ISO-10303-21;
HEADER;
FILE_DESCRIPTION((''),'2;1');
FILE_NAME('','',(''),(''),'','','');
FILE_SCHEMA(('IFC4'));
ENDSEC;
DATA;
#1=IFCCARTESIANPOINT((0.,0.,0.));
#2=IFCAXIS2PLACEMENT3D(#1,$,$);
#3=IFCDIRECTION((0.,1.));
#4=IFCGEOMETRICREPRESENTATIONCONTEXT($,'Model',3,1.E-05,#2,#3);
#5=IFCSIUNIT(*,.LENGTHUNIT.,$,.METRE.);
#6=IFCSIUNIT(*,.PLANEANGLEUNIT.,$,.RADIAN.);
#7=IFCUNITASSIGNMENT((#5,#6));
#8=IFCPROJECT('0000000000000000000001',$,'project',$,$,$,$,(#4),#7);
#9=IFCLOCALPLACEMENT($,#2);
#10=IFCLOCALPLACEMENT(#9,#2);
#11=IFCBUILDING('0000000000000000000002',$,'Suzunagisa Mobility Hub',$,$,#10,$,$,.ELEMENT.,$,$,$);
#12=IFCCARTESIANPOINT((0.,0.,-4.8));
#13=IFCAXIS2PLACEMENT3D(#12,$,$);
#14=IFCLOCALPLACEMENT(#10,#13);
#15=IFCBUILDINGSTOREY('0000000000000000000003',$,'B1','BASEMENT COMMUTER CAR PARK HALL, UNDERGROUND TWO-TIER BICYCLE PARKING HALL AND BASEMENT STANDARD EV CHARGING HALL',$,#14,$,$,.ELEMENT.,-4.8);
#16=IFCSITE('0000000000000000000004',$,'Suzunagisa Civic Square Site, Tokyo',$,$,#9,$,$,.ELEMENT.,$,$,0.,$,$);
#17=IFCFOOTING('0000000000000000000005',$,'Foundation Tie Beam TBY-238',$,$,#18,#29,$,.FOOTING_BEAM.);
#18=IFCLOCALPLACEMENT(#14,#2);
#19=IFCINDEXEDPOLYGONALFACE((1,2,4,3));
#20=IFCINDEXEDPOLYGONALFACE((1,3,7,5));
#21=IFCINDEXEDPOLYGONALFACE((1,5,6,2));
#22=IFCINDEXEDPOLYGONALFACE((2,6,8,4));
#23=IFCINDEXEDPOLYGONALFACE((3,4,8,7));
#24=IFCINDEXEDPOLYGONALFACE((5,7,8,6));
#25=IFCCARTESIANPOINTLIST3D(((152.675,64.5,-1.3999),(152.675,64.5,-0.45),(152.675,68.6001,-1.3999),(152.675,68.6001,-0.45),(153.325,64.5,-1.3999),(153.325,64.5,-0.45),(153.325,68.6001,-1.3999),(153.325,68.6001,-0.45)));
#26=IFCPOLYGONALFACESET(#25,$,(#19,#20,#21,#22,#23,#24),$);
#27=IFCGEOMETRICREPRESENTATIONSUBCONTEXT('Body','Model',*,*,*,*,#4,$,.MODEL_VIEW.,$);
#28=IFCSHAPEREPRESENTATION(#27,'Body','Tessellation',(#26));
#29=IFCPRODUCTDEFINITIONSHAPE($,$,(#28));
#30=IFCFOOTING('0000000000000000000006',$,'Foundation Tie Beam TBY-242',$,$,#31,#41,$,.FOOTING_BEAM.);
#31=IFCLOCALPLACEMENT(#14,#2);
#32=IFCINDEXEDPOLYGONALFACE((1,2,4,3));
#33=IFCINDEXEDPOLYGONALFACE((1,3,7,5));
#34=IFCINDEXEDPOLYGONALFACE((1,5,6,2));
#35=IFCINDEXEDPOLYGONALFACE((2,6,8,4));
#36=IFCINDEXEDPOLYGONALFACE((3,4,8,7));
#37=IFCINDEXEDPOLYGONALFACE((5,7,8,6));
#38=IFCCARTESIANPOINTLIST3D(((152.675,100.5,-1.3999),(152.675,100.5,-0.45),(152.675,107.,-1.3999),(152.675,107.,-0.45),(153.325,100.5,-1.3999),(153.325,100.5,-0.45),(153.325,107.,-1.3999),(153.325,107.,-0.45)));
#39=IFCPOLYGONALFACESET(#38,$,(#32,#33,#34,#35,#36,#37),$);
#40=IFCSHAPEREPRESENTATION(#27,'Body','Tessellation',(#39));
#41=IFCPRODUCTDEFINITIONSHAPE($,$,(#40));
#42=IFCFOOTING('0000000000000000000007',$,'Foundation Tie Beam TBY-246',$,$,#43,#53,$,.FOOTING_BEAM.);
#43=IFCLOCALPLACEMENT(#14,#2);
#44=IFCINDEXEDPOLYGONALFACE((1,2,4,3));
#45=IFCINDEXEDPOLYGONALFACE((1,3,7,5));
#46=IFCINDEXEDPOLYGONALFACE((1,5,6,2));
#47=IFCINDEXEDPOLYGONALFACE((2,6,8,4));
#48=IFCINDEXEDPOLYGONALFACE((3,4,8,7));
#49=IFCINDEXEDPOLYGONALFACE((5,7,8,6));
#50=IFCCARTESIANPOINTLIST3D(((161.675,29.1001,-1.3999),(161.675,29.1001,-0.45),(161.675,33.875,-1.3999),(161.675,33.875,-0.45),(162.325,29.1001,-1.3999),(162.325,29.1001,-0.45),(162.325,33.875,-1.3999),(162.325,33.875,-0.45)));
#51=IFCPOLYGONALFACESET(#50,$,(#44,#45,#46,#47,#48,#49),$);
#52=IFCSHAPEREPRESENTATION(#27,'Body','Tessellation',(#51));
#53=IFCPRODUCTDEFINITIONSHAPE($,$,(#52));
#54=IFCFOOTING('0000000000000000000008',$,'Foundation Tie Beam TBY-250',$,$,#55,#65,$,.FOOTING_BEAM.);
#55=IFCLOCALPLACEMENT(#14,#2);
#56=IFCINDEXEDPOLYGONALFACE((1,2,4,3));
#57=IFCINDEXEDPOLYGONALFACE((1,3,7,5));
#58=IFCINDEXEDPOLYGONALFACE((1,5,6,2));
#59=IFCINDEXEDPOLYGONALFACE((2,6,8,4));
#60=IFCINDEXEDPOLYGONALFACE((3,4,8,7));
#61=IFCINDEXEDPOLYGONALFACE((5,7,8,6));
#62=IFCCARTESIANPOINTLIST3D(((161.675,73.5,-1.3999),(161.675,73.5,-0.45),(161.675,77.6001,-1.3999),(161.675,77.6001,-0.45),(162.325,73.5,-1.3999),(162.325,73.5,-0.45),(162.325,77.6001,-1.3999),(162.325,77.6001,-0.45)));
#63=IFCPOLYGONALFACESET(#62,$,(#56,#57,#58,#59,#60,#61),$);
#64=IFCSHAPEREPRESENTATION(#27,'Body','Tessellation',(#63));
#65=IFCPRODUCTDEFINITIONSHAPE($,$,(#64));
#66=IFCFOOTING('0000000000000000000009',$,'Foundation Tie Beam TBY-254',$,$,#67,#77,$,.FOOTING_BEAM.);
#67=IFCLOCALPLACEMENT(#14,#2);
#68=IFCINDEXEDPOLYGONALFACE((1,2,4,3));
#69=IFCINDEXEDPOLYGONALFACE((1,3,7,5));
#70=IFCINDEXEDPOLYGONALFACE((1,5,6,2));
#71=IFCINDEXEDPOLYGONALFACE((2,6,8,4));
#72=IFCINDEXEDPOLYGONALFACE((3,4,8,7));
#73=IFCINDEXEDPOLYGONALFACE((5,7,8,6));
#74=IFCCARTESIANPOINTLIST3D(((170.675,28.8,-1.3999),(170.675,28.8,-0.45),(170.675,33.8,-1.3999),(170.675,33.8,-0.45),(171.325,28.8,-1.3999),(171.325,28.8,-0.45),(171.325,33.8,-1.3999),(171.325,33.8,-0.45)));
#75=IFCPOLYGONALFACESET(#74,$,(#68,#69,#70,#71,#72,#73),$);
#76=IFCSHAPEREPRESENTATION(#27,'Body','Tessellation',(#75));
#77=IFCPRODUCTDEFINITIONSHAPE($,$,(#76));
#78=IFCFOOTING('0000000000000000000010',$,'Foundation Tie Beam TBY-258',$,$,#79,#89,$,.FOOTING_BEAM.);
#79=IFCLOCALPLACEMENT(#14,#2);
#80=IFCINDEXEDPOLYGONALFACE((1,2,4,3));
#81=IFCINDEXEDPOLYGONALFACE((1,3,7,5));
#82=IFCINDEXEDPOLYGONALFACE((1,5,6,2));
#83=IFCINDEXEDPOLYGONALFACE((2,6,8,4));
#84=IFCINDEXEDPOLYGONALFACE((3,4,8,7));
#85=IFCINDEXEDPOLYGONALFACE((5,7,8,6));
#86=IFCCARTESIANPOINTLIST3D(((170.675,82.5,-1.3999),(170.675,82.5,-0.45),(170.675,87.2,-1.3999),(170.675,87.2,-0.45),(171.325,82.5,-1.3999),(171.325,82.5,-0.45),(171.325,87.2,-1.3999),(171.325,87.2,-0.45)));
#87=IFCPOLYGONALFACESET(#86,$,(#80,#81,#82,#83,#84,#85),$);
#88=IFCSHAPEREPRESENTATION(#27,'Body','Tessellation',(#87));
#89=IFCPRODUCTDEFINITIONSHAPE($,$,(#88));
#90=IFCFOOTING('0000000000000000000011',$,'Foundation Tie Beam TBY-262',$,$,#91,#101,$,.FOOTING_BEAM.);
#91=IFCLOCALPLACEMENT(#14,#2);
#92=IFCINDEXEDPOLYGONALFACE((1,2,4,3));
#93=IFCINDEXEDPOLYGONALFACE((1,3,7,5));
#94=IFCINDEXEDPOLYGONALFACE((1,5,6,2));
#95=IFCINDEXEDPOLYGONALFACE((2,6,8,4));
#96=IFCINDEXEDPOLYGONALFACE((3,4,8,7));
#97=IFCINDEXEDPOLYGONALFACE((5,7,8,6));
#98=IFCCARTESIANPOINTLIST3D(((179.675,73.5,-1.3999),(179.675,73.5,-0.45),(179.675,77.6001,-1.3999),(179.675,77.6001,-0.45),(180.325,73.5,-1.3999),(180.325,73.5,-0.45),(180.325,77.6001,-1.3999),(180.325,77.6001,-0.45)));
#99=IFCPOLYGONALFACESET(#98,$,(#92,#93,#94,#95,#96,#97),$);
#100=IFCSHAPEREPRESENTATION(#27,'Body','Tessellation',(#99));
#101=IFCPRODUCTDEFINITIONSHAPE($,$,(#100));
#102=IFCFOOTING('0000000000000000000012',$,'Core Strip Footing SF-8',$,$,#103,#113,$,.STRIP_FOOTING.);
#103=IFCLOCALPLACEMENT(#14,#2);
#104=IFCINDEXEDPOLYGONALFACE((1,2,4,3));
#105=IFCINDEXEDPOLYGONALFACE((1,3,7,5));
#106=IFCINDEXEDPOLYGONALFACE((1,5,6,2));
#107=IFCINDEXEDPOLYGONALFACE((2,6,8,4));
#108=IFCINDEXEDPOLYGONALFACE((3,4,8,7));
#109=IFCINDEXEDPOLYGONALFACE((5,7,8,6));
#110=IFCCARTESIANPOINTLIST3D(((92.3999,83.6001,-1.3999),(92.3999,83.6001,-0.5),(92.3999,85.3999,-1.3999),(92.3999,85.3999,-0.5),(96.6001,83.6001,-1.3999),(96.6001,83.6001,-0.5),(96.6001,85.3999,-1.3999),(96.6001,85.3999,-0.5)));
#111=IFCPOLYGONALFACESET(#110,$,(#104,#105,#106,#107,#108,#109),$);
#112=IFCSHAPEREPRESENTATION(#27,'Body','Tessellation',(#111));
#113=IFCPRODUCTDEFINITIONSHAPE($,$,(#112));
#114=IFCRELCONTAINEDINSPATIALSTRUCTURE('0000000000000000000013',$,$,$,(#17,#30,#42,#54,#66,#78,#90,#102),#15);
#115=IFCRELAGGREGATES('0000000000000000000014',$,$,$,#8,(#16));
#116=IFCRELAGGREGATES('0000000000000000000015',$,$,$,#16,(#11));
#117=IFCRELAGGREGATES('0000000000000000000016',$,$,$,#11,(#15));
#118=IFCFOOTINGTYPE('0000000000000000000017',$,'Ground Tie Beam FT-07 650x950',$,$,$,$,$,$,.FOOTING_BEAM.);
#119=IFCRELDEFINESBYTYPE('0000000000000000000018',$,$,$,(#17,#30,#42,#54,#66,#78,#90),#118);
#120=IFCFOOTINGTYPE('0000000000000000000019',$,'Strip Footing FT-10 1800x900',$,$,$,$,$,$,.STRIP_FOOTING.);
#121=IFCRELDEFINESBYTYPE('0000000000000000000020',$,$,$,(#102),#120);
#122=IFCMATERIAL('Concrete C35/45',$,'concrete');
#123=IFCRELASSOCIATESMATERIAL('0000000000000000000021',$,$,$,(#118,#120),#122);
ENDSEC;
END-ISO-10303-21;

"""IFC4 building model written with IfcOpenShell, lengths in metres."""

from ifc_helpers import new_model, si_unit, direction, frame, origin, place, context, subcontext, project, spatial, polyline, outline, extrude, material, type_object, element, save


model = new_model("IFC4")

# Units and contexts
model_context = context("Model", 3, precision=1e-05, world=origin(), true_north=direction((0.0, 1.0)))
body_context = subcontext(model_context, "Body", "Model", "MODEL_VIEW")
ifc_project = project(units=[si_unit("LENGTHUNIT", "METRE"), si_unit("PLANEANGLEUNIT", "RADIAN")], contexts=[model_context])

# Site, building, storey
site_placement = place(None, origin())
site = spatial("IfcSite", under=ifc_project, at=site_placement, Name="Suzunagisa Civic Square Site, Tokyo", CompositionType="ELEMENT", RefElevation=0.0)
building_placement = place(site_placement, origin())
building = spatial("IfcBuilding", under=site, at=building_placement, Name="Suzunagisa Mobility Hub", CompositionType="ELEMENT")
storey_placement = place(building_placement, frame((0.0, 0.0, -4.8)))
storey = spatial("IfcBuildingStorey", under=building, at=storey_placement, Name="B1", Description="BASEMENT COMMUTER CAR PARK HALL, UNDERGROUND TWO-TIER BICYCLE PARKING HALL AND BASEMENT STANDARD EV CHARGING HALL", CompositionType="ELEMENT", Elevation=-4.8)

# Footings
ifc_material = material(Name="Concrete C35/45", Category="concrete")
footing_type_1 = type_object("IfcFootingType", Name="Ground Tie Beam FT-07 650x950", PredefinedType="FOOTING_BEAM", material=ifc_material)
footing_1_placement = place(storey_placement, frame((0.0, 0.0, -1.3999)))
element("IfcFooting", 1, at=footing_1_placement, inside=storey, type_object=footing_type_1, Name="Foundation Tie Beam TBY-238", PredefinedType="FOOTING_BEAM", context=body_context, shape_type="SweptSolid", body=[
    extrude(outline(polyline([(152.675, 64.5), (153.325, 64.5), (153.325, 68.6001), (152.675, 68.6001), (152.675, 64.5)])), origin(), (0.0, 0.0, 1.0), 0.95),
])
footing_2_placement = place(storey_placement, frame((0.0, 0.0, -1.3999)))
element("IfcFooting", 2, at=footing_2_placement, inside=storey, type_object=footing_type_1, Name="Foundation Tie Beam TBY-242", PredefinedType="FOOTING_BEAM", context=body_context, shape_type="SweptSolid", body=[
    extrude(outline(polyline([(152.675, 100.5), (153.325, 100.5), (153.325, 107.0), (152.675, 107.0), (152.675, 100.5)])), origin(), (0.0, 0.0, 1.0), 0.95),
])
footing_3_placement = place(storey_placement, frame((0.0, 0.0, -1.3999)))
element("IfcFooting", 3, at=footing_3_placement, inside=storey, type_object=footing_type_1, Name="Foundation Tie Beam TBY-246", PredefinedType="FOOTING_BEAM", context=body_context, shape_type="SweptSolid", body=[
    extrude(outline(polyline([(161.675, 29.1001), (162.325, 29.1001), (162.325, 33.875), (161.675, 33.875), (161.675, 29.1001)])), origin(), (0.0, 0.0, 1.0), 0.95),
])
footing_4_placement = place(storey_placement, frame((0.0, 0.0, -1.3999)))
element("IfcFooting", 4, at=footing_4_placement, inside=storey, type_object=footing_type_1, Name="Foundation Tie Beam TBY-250", PredefinedType="FOOTING_BEAM", context=body_context, shape_type="SweptSolid", body=[
    extrude(outline(polyline([(161.675, 73.5), (162.325, 73.5), (162.325, 77.6001), (161.675, 77.6001), (161.675, 73.5)])), origin(), (0.0, 0.0, 1.0), 0.95),
])
footing_5_placement = place(storey_placement, frame((0.0, 0.0, -1.3999)))
element("IfcFooting", 5, at=footing_5_placement, inside=storey, type_object=footing_type_1, Name="Foundation Tie Beam TBY-254", PredefinedType="FOOTING_BEAM", context=body_context, shape_type="SweptSolid", body=[
    extrude(outline(polyline([(170.675, 28.8), (171.325, 28.8), (171.325, 33.8), (170.675, 33.8), (170.675, 28.8)])), origin(), (0.0, 0.0, 1.0), 0.95),
])
footing_6_placement = place(storey_placement, frame((0.0, 0.0, -1.3999)))
element("IfcFooting", 6, at=footing_6_placement, inside=storey, type_object=footing_type_1, Name="Foundation Tie Beam TBY-258", PredefinedType="FOOTING_BEAM", context=body_context, shape_type="SweptSolid", body=[
    extrude(outline(polyline([(170.675, 82.5), (171.325, 82.5), (171.325, 87.2), (170.675, 87.2), (170.675, 82.5)])), origin(), (0.0, 0.0, 1.0), 0.95),
])
footing_7_placement = place(storey_placement, frame((0.0, 0.0, -1.3999)))
element("IfcFooting", 7, at=footing_7_placement, inside=storey, type_object=footing_type_1, Name="Foundation Tie Beam TBY-262", PredefinedType="FOOTING_BEAM", context=body_context, shape_type="SweptSolid", body=[
    extrude(outline(polyline([(179.675, 73.5), (180.325, 73.5), (180.325, 77.6001), (179.675, 77.6001), (179.675, 73.5)])), origin(), (0.0, 0.0, 1.0), 0.95),
])
footing_type_2 = type_object("IfcFootingType", Name="Strip Footing FT-10 1800x900", PredefinedType="STRIP_FOOTING", material=ifc_material)
footing_8_placement = place(storey_placement, frame((0.0, 0.0, -1.3999)))
element("IfcFooting", 8, at=footing_8_placement, inside=storey, type_object=footing_type_2, Name="Core Strip Footing SF-8", PredefinedType="STRIP_FOOTING", context=body_context, shape_type="SweptSolid", body=[
    extrude(outline(polyline([(92.3999, 83.6001), (96.6001, 83.6001), (96.6001, 85.3999), (92.3999, 85.3999), (92.3999, 83.6001)])), origin(), (0.0, 0.0, 1.0), 0.8999),
])

save(model, "model.ifc")
